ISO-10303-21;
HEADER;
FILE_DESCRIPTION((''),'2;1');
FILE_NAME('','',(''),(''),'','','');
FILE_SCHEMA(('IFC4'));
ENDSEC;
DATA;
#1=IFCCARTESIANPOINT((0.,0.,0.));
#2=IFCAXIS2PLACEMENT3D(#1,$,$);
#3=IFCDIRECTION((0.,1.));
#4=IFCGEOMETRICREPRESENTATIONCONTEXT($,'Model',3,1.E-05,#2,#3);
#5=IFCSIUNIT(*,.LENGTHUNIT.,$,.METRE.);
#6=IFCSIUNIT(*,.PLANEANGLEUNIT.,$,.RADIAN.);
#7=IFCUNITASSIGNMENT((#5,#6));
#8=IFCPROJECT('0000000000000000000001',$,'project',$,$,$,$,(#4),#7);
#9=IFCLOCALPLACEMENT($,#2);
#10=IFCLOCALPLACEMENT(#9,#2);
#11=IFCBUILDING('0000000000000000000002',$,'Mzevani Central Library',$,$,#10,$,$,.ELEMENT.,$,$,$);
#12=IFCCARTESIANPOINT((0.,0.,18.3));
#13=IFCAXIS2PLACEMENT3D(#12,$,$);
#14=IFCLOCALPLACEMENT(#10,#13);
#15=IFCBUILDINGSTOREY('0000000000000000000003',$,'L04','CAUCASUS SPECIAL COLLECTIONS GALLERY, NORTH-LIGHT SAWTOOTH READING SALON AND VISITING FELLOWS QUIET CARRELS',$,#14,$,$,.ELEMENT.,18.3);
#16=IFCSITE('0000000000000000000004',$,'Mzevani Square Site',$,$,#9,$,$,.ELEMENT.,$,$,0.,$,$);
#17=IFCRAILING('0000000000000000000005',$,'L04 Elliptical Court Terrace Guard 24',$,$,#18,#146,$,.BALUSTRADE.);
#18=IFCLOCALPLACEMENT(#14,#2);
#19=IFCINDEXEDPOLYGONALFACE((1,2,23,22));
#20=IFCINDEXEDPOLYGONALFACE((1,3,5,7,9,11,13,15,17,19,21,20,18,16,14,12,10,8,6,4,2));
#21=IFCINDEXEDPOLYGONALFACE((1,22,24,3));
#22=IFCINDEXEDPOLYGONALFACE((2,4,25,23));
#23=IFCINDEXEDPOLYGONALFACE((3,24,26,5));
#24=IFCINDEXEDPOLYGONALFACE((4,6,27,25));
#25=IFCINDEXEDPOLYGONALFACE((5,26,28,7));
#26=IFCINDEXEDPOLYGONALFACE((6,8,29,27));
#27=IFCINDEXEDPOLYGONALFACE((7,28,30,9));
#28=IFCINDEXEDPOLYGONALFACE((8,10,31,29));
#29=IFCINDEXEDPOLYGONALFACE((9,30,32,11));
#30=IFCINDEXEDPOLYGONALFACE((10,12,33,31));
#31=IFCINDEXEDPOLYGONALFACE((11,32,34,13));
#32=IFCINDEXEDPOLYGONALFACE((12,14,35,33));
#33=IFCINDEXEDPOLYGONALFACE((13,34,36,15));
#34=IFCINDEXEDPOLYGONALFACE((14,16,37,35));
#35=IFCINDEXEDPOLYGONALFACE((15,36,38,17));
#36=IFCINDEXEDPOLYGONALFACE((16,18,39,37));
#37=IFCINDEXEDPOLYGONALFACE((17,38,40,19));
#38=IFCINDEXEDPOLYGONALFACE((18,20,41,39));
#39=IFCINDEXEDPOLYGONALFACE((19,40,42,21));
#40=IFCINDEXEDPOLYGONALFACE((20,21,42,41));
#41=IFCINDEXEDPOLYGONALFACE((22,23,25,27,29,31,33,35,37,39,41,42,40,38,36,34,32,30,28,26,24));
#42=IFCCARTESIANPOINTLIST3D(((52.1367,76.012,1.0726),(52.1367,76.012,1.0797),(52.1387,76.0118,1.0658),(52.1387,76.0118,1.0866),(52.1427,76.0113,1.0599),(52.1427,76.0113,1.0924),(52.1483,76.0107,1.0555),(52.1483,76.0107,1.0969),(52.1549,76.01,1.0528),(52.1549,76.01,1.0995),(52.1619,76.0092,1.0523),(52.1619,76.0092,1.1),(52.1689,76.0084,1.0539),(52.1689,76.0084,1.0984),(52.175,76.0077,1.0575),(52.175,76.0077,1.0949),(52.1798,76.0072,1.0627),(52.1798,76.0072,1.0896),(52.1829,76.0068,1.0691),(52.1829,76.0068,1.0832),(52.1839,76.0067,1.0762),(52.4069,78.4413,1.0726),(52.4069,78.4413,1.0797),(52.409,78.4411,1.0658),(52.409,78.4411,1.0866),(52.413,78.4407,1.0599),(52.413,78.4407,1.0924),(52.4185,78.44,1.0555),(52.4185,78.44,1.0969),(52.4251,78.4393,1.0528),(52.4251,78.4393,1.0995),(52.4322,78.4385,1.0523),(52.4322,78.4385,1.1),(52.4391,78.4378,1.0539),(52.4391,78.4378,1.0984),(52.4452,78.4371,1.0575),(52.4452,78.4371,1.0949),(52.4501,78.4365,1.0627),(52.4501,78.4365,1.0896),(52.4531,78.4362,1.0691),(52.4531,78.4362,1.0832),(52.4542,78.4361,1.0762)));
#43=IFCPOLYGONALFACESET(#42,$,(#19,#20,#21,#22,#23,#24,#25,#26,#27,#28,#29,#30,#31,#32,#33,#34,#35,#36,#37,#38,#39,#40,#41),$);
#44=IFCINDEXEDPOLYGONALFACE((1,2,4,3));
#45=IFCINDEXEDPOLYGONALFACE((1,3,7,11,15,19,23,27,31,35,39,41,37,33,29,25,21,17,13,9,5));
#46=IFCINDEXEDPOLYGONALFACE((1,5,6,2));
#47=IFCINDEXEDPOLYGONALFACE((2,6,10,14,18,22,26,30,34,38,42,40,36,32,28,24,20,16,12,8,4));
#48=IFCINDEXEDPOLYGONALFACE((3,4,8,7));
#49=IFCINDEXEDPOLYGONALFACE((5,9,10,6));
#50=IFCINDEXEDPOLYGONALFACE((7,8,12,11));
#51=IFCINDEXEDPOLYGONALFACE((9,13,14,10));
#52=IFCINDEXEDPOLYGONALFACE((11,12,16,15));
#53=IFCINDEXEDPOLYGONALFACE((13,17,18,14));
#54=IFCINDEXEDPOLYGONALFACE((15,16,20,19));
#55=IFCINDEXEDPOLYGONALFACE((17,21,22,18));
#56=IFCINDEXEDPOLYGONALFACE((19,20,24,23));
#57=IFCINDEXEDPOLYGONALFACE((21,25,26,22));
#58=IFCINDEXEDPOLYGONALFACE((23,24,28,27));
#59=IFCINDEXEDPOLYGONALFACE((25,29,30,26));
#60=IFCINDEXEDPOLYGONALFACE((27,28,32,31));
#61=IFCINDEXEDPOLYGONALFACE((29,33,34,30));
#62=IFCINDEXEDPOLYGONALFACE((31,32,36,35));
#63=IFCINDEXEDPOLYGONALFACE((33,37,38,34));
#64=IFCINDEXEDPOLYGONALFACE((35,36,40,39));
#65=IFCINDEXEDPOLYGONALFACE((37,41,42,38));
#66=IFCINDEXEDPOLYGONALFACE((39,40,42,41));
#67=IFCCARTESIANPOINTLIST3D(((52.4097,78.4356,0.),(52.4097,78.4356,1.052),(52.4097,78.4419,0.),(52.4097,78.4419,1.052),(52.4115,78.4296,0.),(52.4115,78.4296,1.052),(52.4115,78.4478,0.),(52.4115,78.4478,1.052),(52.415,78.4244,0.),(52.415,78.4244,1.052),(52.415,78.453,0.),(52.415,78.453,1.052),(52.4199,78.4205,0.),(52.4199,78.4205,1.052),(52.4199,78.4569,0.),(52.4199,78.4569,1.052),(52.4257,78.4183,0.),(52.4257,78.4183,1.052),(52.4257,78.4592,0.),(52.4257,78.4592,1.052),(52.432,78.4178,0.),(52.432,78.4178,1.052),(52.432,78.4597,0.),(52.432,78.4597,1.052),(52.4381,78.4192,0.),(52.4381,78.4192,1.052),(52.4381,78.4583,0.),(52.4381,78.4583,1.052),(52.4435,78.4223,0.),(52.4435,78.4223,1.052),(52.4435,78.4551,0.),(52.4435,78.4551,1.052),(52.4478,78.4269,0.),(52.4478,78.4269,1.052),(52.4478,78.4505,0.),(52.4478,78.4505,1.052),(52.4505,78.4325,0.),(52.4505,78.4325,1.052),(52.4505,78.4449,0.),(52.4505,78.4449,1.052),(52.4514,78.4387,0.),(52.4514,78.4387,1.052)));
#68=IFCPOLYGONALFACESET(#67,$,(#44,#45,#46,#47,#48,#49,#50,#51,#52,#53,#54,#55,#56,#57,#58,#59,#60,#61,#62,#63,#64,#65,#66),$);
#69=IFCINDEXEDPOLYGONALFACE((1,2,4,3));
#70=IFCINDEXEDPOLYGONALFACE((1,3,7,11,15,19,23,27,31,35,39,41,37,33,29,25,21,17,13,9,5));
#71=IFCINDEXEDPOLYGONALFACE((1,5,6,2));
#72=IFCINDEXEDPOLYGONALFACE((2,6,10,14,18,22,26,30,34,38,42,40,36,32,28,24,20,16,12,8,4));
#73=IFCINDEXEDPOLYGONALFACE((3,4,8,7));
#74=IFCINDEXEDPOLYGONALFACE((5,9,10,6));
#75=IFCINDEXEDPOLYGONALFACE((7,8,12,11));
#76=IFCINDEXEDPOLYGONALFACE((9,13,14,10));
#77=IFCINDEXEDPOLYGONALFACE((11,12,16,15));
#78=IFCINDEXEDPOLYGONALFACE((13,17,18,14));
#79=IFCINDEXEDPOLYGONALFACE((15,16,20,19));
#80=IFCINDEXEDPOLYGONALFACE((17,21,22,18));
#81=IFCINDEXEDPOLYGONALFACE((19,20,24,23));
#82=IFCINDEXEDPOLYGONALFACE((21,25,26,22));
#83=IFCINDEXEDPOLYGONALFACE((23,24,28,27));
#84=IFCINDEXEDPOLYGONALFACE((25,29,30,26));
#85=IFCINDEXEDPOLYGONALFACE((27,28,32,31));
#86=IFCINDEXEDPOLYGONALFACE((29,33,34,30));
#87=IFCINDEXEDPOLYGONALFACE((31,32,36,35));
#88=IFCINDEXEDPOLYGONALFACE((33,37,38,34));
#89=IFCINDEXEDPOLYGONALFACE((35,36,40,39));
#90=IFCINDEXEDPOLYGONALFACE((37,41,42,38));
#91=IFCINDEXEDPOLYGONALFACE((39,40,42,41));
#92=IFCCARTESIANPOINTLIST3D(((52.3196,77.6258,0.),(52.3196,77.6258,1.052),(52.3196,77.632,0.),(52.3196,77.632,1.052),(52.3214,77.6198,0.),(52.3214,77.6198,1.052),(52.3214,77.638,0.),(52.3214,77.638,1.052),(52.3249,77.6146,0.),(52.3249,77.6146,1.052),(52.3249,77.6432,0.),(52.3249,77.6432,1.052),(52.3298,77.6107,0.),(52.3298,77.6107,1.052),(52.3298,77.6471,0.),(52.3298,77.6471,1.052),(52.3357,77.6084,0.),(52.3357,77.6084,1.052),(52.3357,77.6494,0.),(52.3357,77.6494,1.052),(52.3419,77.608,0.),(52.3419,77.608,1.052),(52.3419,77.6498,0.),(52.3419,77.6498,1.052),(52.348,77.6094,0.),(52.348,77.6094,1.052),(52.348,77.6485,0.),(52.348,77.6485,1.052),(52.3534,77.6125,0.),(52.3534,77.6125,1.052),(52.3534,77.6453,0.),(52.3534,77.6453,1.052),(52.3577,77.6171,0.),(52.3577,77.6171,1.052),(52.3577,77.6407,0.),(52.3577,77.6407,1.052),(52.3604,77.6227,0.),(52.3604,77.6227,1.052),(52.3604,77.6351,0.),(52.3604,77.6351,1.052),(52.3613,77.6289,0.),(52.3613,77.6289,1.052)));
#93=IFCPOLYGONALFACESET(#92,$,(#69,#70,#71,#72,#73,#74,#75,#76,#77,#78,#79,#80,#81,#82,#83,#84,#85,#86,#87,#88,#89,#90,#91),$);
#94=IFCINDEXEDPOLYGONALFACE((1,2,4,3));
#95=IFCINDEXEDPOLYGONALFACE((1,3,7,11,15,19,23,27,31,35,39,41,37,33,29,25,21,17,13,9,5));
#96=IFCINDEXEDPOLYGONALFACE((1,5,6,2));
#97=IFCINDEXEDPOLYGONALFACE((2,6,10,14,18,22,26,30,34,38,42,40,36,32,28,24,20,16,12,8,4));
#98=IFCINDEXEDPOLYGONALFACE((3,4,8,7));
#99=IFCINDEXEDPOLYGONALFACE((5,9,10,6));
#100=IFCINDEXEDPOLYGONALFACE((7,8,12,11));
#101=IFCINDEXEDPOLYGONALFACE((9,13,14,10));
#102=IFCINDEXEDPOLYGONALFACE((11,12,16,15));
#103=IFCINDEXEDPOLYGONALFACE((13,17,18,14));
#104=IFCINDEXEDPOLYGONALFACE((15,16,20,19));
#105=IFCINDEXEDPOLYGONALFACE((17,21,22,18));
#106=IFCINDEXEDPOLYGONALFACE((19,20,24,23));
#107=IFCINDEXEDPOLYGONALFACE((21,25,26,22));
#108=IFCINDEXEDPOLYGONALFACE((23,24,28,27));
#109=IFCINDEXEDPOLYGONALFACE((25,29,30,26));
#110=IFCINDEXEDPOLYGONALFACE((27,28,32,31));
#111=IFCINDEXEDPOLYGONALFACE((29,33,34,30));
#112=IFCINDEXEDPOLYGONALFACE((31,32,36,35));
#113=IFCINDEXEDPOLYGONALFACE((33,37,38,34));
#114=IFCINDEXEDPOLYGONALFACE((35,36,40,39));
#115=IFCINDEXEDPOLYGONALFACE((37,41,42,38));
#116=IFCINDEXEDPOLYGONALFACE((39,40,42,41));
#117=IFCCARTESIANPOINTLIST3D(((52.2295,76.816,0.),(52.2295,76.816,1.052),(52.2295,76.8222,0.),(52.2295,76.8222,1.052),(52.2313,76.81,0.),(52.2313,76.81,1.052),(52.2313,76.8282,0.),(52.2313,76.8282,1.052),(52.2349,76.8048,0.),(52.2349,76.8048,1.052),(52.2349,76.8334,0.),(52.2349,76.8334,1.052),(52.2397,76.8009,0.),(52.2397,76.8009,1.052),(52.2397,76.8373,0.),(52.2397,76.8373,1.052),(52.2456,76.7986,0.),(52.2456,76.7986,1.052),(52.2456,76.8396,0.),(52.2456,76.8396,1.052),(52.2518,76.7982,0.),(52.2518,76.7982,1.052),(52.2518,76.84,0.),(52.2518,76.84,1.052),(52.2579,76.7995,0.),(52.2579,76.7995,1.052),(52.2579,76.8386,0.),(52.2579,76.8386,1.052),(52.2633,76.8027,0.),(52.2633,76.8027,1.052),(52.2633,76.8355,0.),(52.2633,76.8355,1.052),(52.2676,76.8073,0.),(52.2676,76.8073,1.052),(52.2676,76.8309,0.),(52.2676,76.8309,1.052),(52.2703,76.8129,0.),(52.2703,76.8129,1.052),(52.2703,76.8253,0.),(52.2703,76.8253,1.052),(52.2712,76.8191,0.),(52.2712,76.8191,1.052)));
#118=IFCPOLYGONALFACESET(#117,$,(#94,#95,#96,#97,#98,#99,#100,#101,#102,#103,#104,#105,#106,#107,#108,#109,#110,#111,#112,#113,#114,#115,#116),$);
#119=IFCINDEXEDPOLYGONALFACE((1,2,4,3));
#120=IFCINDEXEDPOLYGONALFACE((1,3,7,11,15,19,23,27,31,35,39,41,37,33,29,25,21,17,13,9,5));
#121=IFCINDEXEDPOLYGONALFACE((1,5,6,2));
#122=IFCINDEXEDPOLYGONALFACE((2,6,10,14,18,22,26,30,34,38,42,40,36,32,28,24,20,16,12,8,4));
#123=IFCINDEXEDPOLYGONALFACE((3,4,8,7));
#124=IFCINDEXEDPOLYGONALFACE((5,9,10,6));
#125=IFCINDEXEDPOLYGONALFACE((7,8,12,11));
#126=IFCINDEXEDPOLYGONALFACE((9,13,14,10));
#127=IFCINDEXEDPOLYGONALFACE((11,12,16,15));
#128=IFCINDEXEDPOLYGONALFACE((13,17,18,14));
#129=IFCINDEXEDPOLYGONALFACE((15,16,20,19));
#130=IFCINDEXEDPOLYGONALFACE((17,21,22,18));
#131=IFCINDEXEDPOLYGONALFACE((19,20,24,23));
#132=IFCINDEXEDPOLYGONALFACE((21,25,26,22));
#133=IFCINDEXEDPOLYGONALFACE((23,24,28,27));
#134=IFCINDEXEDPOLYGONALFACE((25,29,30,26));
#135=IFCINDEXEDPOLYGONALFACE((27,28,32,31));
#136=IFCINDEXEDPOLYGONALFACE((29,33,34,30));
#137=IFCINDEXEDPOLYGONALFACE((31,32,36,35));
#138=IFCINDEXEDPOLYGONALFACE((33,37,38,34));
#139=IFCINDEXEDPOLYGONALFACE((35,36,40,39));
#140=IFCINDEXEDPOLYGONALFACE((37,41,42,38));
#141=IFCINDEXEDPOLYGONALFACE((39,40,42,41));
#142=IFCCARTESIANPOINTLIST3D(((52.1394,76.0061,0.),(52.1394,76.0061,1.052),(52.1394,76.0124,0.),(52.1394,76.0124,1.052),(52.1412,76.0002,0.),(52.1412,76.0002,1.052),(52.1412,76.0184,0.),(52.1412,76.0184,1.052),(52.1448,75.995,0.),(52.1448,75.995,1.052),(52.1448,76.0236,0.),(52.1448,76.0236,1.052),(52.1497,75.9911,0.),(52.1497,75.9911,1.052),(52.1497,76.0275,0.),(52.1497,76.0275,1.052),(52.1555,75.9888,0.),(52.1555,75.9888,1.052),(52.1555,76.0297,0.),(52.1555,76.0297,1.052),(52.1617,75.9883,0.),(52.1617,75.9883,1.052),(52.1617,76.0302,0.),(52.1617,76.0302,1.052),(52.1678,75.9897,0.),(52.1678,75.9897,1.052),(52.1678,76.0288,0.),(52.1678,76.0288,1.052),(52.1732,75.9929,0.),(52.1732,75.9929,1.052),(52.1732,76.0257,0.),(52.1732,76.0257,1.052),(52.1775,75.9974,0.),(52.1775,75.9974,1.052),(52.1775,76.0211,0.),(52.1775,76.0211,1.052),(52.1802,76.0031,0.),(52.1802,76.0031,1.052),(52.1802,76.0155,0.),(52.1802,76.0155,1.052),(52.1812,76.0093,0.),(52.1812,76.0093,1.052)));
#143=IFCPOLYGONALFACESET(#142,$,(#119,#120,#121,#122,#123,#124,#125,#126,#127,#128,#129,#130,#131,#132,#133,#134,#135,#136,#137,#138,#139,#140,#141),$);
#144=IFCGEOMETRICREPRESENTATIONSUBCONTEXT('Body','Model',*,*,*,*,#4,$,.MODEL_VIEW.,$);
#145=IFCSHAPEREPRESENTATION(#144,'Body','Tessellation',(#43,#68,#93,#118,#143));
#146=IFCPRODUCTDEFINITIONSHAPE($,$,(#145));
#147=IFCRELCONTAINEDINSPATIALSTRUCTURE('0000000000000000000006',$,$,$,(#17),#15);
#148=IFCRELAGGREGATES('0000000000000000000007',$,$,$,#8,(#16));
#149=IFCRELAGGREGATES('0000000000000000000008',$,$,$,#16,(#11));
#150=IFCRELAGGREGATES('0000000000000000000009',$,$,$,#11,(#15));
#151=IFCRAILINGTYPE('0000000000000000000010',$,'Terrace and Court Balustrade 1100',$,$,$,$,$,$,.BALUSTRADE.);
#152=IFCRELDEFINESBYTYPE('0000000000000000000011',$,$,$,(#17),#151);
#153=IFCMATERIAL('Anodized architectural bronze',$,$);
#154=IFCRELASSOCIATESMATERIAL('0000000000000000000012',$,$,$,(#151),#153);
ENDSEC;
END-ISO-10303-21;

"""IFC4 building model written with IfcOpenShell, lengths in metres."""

from ifc_helpers import new_model, si_unit, direction, frame, origin, origin_2d, place, context, subcontext, project, spatial, circle, extrude, material, type_object, element, save


model = new_model("IFC4")

# Units and contexts
model_context = context("Model", 3, precision=1e-05, world=origin(), true_north=direction((0.0, 1.0)))
body_context = subcontext(model_context, "Body", "Model", "MODEL_VIEW")
ifc_project = project(units=[si_unit("LENGTHUNIT", "METRE"), si_unit("PLANEANGLEUNIT", "RADIAN")], contexts=[model_context])

# Site, building, storey
site_placement = place(None, origin())
site = spatial("IfcSite", under=ifc_project, at=site_placement, Name="Mzevani Square Site", CompositionType="ELEMENT", RefElevation=0.0)
building_placement = place(site_placement, origin())
building = spatial("IfcBuilding", under=site, at=building_placement, Name="Mzevani Central Library", CompositionType="ELEMENT")
storey_placement = place(building_placement, frame((0.0, 0.0, 18.3)))
storey = spatial("IfcBuildingStorey", under=building, at=storey_placement, Name="L04", Description="CAUCASUS SPECIAL COLLECTIONS GALLERY, NORTH-LIGHT SAWTOOTH READING SALON AND VISITING FELLOWS QUIET CARRELS", CompositionType="ELEMENT", Elevation=18.3)

# Railing
ifc_material_1 = material(Name="Anodized architectural bronze")
railing_type = type_object("IfcRailingType", Name="Terrace and Court Balustrade 1100", PredefinedType="BALUSTRADE", material=ifc_material_1)
railing_1_placement = place(storey_placement, frame((52.4304, 78.4387, 0.0)))
element("IfcRailing", 1, at=railing_1_placement, inside=storey, type_object=railing_type, Name="L04 Elliptical Court Terrace Guard 24", PredefinedType="BALUSTRADE", context=body_context, shape_type="SweptSolid", body=[
    extrude(circle(Radius=0.0239, at=origin_2d()), frame((0.0, 0.0, 1.0762), z_axis=(-0.110563, -0.993869, 0.0), x_axis=(0.993869, -0.110563, 0.0)), (0.0, 0.0, 1.0), 2.4443),
    extrude(circle(Radius=0.021, at=origin_2d()), origin(), (0.0, 0.0, 1.0), 1.052),
    extrude(circle(Radius=0.021, at=origin_2d()), frame((-0.0901, -0.8098, 0.0)), (0.0, 0.0, 1.0), 1.052),
    extrude(circle(Radius=0.021, at=origin_2d()), frame((-0.1802, -1.6196, 0.0)), (0.0, 0.0, 1.0), 1.052),
    extrude(circle(Radius=0.021, at=origin_2d()), frame((-0.2703, -2.4294, 0.0)), (0.0, 0.0, 1.0), 1.052),
])

save(model, "model.ifc")
